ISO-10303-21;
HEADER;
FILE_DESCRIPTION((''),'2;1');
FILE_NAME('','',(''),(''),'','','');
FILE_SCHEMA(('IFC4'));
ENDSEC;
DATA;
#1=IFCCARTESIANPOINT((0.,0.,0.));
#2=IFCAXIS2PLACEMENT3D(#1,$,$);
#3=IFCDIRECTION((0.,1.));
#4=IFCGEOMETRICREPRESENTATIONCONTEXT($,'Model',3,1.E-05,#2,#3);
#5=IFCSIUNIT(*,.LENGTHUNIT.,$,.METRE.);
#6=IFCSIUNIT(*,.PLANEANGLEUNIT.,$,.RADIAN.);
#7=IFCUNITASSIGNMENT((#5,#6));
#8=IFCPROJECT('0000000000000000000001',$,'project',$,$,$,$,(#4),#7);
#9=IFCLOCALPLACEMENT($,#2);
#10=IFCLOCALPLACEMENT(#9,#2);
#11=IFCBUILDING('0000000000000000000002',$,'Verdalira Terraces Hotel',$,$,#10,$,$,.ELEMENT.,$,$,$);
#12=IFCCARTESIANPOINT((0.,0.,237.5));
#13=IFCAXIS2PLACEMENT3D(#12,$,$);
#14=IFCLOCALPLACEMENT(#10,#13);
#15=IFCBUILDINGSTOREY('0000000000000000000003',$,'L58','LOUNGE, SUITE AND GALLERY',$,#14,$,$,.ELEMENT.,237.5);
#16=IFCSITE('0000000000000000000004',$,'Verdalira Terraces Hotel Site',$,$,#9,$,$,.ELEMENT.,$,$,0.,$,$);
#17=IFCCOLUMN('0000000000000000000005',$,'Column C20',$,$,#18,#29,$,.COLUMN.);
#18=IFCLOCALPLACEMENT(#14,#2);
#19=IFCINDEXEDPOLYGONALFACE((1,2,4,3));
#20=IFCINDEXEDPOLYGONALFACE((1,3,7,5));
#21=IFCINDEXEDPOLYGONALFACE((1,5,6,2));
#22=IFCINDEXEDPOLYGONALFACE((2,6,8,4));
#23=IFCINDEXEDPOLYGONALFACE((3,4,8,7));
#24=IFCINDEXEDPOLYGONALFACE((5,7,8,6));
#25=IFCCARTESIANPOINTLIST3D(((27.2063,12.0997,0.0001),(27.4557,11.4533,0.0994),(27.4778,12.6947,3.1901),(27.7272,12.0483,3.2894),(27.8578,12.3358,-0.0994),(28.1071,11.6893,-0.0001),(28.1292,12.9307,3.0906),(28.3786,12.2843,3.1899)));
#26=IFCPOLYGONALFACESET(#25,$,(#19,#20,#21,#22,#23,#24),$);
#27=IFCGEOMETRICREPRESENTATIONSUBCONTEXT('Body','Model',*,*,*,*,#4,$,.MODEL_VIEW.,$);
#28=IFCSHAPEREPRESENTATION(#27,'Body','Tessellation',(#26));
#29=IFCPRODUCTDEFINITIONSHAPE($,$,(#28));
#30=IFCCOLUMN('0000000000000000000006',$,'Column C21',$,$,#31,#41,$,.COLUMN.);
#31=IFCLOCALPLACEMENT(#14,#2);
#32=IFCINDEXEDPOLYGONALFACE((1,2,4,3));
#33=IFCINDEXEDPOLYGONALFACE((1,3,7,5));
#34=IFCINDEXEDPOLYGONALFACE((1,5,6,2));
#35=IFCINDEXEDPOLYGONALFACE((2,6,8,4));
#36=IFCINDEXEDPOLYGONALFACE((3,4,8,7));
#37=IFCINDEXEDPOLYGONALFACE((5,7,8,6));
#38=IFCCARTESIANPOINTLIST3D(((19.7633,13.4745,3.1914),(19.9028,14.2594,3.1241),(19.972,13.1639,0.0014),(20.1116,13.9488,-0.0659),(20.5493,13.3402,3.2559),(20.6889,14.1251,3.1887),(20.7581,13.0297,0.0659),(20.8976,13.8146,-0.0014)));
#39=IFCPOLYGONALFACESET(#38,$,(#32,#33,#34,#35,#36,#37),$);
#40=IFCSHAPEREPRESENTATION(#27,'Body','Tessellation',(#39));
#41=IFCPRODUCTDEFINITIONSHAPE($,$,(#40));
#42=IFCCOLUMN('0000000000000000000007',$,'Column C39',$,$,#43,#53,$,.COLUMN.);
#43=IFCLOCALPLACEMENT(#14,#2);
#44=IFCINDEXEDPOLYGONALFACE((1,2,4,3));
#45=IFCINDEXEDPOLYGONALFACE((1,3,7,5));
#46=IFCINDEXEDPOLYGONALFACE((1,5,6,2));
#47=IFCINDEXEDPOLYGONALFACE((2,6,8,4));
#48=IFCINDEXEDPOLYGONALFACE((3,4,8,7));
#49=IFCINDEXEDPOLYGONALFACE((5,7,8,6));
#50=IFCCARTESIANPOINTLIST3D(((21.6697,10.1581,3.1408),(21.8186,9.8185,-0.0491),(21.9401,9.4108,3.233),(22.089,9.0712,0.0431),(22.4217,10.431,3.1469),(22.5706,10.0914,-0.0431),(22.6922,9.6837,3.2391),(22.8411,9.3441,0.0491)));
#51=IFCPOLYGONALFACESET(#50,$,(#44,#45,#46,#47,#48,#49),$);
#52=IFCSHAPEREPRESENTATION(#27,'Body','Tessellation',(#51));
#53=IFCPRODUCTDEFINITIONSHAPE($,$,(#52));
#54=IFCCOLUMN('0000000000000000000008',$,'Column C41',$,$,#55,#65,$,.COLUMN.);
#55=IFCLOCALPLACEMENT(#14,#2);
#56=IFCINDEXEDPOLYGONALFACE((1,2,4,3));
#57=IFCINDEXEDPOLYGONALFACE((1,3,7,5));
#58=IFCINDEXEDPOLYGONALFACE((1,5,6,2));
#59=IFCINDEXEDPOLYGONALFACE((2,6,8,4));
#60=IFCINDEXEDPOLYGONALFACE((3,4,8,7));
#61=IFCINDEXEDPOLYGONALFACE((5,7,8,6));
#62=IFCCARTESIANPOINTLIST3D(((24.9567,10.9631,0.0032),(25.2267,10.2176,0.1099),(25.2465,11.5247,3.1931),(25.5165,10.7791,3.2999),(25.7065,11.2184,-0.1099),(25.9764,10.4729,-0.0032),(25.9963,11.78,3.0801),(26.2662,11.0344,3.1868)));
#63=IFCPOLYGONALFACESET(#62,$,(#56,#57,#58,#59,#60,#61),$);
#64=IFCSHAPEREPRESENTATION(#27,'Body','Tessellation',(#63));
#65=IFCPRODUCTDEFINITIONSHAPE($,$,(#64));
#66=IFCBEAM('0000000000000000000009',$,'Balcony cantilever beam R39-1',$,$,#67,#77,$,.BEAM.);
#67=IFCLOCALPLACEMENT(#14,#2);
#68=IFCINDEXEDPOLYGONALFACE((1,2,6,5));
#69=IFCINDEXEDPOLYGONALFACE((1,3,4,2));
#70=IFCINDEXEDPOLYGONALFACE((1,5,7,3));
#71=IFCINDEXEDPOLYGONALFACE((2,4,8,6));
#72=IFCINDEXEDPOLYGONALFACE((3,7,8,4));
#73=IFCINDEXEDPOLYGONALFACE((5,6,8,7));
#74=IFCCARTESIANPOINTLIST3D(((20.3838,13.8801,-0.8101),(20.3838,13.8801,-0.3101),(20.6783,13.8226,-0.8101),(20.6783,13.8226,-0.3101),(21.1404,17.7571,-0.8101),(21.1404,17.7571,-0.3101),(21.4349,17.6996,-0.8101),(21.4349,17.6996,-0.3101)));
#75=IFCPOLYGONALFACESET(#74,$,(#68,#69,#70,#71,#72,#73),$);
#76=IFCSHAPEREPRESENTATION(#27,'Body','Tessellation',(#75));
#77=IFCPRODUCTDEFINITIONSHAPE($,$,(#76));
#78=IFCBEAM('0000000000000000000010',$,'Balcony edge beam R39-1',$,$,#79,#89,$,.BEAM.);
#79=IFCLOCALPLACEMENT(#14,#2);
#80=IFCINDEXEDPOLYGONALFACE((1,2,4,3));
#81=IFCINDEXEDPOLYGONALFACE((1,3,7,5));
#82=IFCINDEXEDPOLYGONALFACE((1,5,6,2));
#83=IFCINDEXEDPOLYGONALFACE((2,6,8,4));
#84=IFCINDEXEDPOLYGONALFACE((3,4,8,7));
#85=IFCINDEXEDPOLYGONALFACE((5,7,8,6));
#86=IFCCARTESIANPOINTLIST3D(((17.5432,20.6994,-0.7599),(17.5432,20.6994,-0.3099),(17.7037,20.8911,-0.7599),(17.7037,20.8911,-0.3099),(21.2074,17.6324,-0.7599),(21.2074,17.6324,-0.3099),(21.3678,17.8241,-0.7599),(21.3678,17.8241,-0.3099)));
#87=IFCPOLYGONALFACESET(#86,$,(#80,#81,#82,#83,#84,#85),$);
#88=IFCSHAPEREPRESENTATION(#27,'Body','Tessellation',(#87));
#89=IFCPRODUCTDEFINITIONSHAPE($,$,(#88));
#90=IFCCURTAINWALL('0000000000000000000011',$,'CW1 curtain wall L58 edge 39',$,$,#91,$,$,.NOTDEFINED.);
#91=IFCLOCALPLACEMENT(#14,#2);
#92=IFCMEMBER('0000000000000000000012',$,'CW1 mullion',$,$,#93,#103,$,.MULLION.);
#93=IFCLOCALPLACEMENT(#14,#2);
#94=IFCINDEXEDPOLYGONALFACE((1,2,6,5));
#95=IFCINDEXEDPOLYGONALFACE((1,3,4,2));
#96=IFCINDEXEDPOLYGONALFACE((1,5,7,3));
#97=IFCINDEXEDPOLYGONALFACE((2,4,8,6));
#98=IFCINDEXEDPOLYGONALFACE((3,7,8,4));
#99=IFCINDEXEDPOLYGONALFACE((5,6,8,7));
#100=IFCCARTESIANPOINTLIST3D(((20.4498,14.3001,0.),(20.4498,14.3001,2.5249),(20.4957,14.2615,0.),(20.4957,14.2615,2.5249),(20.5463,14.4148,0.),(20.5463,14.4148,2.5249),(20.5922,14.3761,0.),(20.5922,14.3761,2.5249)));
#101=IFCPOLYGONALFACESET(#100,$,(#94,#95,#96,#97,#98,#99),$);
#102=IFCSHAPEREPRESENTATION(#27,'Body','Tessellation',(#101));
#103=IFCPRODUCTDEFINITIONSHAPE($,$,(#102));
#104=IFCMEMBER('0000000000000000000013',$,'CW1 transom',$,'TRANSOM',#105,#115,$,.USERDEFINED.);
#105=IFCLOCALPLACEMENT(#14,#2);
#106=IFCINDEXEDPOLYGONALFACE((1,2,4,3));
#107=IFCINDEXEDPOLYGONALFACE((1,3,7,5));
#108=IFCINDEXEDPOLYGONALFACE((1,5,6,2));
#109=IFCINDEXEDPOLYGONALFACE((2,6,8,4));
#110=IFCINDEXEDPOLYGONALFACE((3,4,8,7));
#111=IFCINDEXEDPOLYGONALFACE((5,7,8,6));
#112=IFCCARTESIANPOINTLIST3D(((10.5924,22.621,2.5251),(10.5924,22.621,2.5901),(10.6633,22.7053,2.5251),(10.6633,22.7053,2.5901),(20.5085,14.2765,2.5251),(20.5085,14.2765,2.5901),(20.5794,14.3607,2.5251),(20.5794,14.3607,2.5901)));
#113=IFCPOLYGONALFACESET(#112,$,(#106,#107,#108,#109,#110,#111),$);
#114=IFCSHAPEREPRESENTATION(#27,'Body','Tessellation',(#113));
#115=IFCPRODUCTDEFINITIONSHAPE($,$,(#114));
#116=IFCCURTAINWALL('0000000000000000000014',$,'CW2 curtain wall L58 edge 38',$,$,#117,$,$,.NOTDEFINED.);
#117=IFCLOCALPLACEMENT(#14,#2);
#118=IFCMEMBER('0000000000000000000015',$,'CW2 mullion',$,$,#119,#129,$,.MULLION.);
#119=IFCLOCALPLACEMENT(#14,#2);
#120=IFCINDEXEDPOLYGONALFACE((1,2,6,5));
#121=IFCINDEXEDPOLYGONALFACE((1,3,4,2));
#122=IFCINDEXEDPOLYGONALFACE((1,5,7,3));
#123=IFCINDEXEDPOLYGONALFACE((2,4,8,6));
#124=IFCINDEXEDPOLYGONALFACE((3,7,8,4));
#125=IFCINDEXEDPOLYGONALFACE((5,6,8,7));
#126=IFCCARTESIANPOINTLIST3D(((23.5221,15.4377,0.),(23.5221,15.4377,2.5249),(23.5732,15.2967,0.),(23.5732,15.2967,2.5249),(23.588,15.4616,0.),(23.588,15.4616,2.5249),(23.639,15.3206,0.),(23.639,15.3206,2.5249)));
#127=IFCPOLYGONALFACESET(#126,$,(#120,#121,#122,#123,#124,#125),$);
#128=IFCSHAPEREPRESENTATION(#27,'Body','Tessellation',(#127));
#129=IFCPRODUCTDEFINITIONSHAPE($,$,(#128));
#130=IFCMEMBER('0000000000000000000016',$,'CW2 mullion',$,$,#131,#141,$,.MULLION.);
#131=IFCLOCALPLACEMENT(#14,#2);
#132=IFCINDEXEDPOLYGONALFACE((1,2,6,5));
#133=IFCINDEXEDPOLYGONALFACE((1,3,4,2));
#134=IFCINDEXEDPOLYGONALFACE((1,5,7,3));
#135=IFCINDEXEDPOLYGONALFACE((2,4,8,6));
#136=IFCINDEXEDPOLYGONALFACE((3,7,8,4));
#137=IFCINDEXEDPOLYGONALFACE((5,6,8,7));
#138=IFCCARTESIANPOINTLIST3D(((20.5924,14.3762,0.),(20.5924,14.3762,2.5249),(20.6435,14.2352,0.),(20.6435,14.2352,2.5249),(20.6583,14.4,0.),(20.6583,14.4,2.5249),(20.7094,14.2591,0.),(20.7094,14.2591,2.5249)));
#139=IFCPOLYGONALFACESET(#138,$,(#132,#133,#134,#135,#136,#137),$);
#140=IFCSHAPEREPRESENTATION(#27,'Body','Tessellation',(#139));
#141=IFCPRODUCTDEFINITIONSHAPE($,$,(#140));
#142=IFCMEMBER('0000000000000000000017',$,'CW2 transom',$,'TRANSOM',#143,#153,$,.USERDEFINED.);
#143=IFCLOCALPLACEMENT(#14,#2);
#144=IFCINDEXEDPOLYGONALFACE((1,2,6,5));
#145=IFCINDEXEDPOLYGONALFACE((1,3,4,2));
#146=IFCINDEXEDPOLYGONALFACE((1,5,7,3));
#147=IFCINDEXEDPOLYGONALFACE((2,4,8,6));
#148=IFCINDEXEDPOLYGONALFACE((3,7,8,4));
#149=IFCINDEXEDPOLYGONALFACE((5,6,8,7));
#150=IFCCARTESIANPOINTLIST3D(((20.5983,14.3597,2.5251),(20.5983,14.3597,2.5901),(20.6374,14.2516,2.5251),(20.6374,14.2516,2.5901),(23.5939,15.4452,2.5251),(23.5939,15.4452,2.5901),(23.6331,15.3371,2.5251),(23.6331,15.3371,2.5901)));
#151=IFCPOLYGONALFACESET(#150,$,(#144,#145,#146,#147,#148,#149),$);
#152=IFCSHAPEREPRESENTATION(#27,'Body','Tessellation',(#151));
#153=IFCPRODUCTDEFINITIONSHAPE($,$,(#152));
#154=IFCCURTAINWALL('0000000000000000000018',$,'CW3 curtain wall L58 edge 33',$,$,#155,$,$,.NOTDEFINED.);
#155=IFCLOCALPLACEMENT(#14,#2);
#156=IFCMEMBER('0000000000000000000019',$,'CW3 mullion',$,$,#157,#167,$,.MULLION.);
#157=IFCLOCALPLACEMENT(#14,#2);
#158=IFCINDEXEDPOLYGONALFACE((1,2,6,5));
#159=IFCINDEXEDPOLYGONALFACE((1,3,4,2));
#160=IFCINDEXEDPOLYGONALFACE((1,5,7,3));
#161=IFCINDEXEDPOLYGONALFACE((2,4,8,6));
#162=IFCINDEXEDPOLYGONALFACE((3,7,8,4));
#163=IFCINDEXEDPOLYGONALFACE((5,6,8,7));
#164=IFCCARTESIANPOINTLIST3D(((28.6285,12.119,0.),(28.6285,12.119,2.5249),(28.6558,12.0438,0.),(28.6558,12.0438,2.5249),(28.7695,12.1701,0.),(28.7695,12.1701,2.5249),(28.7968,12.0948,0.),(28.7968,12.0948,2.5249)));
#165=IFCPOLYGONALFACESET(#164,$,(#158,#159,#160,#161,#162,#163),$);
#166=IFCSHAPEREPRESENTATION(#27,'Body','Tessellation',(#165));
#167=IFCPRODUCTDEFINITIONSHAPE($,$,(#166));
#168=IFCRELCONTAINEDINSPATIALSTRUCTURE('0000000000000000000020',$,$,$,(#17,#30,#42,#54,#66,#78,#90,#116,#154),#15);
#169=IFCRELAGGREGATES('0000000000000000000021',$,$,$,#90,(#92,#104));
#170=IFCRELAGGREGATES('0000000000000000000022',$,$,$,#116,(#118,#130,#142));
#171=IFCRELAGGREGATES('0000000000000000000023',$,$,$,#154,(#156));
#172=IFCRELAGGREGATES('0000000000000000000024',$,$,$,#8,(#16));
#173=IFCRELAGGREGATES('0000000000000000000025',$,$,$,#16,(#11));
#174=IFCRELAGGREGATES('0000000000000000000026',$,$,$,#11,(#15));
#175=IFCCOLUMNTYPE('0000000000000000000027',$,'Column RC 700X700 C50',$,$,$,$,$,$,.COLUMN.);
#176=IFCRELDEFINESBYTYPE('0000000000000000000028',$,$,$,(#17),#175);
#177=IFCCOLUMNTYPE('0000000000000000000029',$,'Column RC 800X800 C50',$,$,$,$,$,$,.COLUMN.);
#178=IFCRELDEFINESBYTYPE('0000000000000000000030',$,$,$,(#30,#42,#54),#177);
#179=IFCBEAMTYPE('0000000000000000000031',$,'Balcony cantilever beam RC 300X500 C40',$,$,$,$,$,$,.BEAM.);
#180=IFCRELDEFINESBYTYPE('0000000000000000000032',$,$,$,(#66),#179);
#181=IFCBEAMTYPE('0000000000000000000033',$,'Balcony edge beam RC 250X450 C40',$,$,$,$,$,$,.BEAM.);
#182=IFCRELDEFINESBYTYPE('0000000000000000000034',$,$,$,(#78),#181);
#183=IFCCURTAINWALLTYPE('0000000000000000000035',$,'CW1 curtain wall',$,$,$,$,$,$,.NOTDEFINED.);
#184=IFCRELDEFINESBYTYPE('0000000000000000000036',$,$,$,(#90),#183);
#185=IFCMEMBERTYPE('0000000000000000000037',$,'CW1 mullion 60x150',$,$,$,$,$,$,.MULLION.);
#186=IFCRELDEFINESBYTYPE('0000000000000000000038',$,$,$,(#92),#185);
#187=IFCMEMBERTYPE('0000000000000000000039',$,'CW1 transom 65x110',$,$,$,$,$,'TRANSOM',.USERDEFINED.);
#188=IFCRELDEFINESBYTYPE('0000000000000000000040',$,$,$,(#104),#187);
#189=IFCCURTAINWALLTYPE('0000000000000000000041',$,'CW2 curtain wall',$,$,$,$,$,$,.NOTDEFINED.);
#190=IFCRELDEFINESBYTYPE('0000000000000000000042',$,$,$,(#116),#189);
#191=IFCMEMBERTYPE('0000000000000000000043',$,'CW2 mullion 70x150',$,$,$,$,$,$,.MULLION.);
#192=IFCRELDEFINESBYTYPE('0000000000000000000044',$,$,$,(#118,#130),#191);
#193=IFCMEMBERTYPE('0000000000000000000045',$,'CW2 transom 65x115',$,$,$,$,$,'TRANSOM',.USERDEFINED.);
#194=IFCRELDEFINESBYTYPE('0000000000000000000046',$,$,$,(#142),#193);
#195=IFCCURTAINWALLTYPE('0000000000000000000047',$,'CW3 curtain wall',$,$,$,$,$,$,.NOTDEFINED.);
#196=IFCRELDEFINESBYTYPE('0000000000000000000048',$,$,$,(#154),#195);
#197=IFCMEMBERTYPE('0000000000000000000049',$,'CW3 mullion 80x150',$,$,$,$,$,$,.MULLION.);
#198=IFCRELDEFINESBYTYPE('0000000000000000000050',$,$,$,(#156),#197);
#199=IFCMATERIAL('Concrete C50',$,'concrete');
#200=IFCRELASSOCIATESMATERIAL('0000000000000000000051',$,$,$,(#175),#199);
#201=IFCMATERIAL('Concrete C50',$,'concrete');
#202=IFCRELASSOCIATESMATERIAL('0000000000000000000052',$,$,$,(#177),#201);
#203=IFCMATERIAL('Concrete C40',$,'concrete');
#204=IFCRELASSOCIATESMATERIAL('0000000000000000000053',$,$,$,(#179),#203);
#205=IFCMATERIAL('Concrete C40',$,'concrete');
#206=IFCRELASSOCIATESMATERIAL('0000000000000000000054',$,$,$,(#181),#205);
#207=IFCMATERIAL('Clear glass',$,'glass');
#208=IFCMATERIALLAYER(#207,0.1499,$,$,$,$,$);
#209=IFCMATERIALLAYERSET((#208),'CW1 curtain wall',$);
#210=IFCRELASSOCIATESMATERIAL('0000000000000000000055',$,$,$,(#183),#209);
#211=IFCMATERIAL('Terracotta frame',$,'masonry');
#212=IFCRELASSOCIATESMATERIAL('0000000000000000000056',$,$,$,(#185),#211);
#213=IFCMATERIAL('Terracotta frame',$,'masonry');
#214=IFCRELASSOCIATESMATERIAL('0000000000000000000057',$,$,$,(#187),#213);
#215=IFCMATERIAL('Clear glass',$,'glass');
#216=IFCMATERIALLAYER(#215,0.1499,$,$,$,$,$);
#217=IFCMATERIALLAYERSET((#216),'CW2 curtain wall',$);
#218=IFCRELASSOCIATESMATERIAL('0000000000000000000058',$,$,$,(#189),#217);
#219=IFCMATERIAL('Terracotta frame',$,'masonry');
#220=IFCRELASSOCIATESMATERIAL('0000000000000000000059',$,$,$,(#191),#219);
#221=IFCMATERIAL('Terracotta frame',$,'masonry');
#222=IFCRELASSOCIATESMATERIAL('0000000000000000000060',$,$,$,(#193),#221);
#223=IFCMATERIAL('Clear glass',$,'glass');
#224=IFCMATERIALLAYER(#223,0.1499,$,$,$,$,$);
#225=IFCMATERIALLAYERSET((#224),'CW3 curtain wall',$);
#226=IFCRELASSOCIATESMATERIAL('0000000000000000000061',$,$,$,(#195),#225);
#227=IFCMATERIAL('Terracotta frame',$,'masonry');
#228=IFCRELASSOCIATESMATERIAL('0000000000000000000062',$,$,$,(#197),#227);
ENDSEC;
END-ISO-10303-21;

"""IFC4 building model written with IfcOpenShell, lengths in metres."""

from ifc_helpers import new_model, si_unit, direction, frame, origin, origin_2d, place, context, subcontext, project, spatial, rectangle, extrude, material, layer, layer_set, material_profile, profile_set, type_object, element, aggregate, save


model = new_model("IFC4")

# Units and contexts
model_context = context("Model", 3, precision=1e-05, world=origin(), true_north=direction((0.0, 1.0)))
body_context = subcontext(model_context, "Body", "Model", "MODEL_VIEW")
ifc_project = project(units=[si_unit("LENGTHUNIT", "METRE"), si_unit("PLANEANGLEUNIT", "RADIAN")], contexts=[model_context])

# Site, building, storey
site_placement = place(None, origin())
site = spatial("IfcSite", under=ifc_project, at=site_placement, Name="Verdalira Terraces Hotel Site", CompositionType="ELEMENT", RefElevation=0.0)
building_placement = place(site_placement, origin())
building = spatial("IfcBuilding", under=site, at=building_placement, Name="Verdalira Terraces Hotel", CompositionType="ELEMENT")
storey_placement = place(building_placement, frame((0.0, 0.0, 237.5)))
storey = spatial("IfcBuildingStorey", under=building, at=storey_placement, Name="L58", Description="LOUNGE, SUITE AND GALLERY", CompositionType="ELEMENT", Elevation=237.5)

# Columns
ifc_material_1 = material(Name="Concrete C50", Category="concrete")
ifc_material_profile_1 = material_profile(ifc_material_1, rectangle(XDim=0.7, YDim=0.7, at=origin_2d()), Name="RC 700X700")
ifc_profile_set_1 = profile_set([ifc_material_profile_1], Name="Concrete C50")
column_type_1 = type_object("IfcColumnType", Name="Column RC 700X700 C50", PredefinedType="COLUMN", material=ifc_profile_set_1)
column_1_placement = place(storey_placement, frame((27.6567, 11.8945, 0.0), z_axis=(0.083372, 0.182714, 0.979625), x_axis=(-0.356285, 0.923535, -0.141931)))
element("IfcColumn", 1, at=column_1_placement, inside=storey, type_object=column_type_1, Name="Column C20", PredefinedType="COLUMN", context=body_context, shape_type="SweptSolid", body=[
    extrude(rectangle(XDim=0.7, YDim=0.7, at=origin_2d()), origin(), (0.0, 0.0, 1.0), 3.2563),
])
ifc_material_2 = material(Name="Concrete C50", Category="concrete")
ifc_material_profile_2 = material_profile(ifc_material_2, rectangle(XDim=0.8, YDim=0.8, at=origin_2d()), Name="RC 800X800")
ifc_profile_set_2 = profile_set([ifc_material_profile_2], Name="Concrete C50")
column_type_2 = type_object("IfcColumnType", Name="Column RC 800X800 C50", PredefinedType="COLUMN", material=ifc_profile_set_2)
column_2_placement = place(storey_placement, frame((20.4348, 13.4893, 0.0), z_axis=(-0.064991, 0.096689, 0.99319), x_axis=(0.982521, -0.167786, 0.080627)))
element("IfcColumn", 2, at=column_2_placement, inside=storey, type_object=column_type_2, Name="Column C21", PredefinedType="COLUMN", context=body_context, shape_type="SweptSolid", body=[
    extrude(rectangle(XDim=0.8, YDim=0.8, at=origin_2d()), origin(), (0.0, 0.0, 1.0), 3.2119),
])
column_3_placement = place(storey_placement, frame((22.3298, 9.5813, 0.0), z_axis=(-0.046374, 0.105747, 0.993311), x_axis=(0.939985, 0.341131, 0.007568)))
element("IfcColumn", 3, at=column_3_placement, inside=storey, type_object=column_type_2, Name="Column C39", PredefinedType="COLUMN", context=body_context, shape_type="SweptSolid", body=[
    extrude(rectangle(XDim=0.8, YDim=0.8, at=origin_2d()), origin(), (0.0, 0.0, 1.0), 3.2114),
])
column_4_placement = place(storey_placement, frame((25.4666, 10.718, 0.0), z_axis=(0.089115, 0.172674, 0.980939), x_axis=(0.937129, 0.319097, -0.141305)))
element("IfcColumn", 4, at=column_4_placement, inside=storey, type_object=column_type_2, Name="Column C41", PredefinedType="COLUMN", context=body_context, shape_type="SweptSolid", body=[
    extrude(rectangle(XDim=0.8, YDim=0.8, at=origin_2d()), origin(), (0.0, 0.0, 1.0), 3.252),
])

# Beams
ifc_material_3 = material(Name="Concrete C40", Category="concrete")
ifc_material_profile_3 = material_profile(ifc_material_3, rectangle(XDim=0.3, YDim=0.5, at=origin_2d()), Name="RC 300X500")
ifc_profile_set_3 = profile_set([ifc_material_profile_3], Name="Concrete C40")
beam_type_1 = type_object("IfcBeamType", Name="Balcony cantilever beam RC 300X500 C40", PredefinedType="BEAM", material=ifc_profile_set_3)
beam_1_placement = place(storey_placement, frame((20.531, 13.8513, -0.5601), z_axis=(0.191538, 0.981485, 0.0), x_axis=(-0.981485, 0.191538, 0.0)))
element("IfcBeam", 5, at=beam_1_placement, inside=storey, type_object=beam_type_1, Name="Balcony cantilever beam R39-1", PredefinedType="BEAM", context=body_context, shape_type="SweptSolid", body=[
    extrude(rectangle(XDim=0.3, YDim=0.5, at=origin_2d()), origin(), (0.0, 0.0, 1.0), 3.9502),
])
ifc_material_4 = material(Name="Concrete C40", Category="concrete")
ifc_material_profile_4 = material_profile(ifc_material_4, rectangle(XDim=0.25, YDim=0.45, at=origin_2d()), Name="RC 250X450")
ifc_profile_set_4 = profile_set([ifc_material_profile_4], Name="Concrete C40")
beam_type_2 = type_object("IfcBeamType", Name="Balcony edge beam RC 250X450 C40", PredefinedType="BEAM", material=ifc_profile_set_4)
beam_2_placement = place(storey_placement, frame((21.2876, 17.7283, -0.5349), z_axis=(-0.766829, 0.641851, 0.0), x_axis=(-0.641851, -0.766829, 0.0)))
element("IfcBeam", 6, at=beam_2_placement, inside=storey, type_object=beam_type_2, Name="Balcony edge beam R39-1", PredefinedType="BEAM", context=body_context, shape_type="SweptSolid", body=[
    extrude(rectangle(XDim=0.25, YDim=0.45, at=origin_2d()), origin(), (0.0, 0.0, 1.0), 4.7783),
])

# Curtain walls, members
ifc_material_5 = material(Name="Clear glass", Category="glass")
ifc_layer_1 = layer(ifc_material_5, 0.1499)
ifc_layer_set_1 = layer_set([ifc_layer_1], Name="CW1 curtain wall")
curtain_wall_type_1 = type_object("IfcCurtainWallType", Name="CW1 curtain wall", PredefinedType="NOTDEFINED", material=ifc_layer_set_1)
curtain_wall_1_placement = place(storey_placement, origin())
curtain_wall_1 = element("IfcCurtainWall", 7, at=curtain_wall_1_placement, inside=storey, type_object=curtain_wall_type_1, Name="CW1 curtain wall L58 edge 39", PredefinedType="NOTDEFINED")
ifc_material_6 = material(Name="Terracotta frame", Category="masonry")
ifc_material_profile_5 = material_profile(ifc_material_6, rectangle(XDim=0.0601, YDim=0.1499, at=origin_2d()), Name="MU 60x150")
ifc_profile_set_5 = profile_set([ifc_material_profile_5], Name="Terracotta frame")
member_type_1 = type_object("IfcMemberType", Name="CW1 mullion 60x150", PredefinedType="MULLION", material=ifc_profile_set_5)
member_1_placement = place(storey_placement, frame((20.521, 14.3381, 0.0), z_axis=(0.0, 0.0, 1.0), x_axis=(-0.765146, 0.643857, 0.0)))
member_1 = element("IfcMember", 8, at=member_1_placement, type_object=member_type_1, Name="CW1 mullion", PredefinedType="MULLION", context=body_context, shape_type="SweptSolid", body=[
    extrude(rectangle(XDim=0.0601, YDim=0.1499, at=origin_2d()), origin(), (0.0, 0.0, 1.0), 2.5249),
])
ifc_material_7 = material(Name="Terracotta frame", Category="masonry")
ifc_material_profile_6 = material_profile(ifc_material_7, rectangle(XDim=0.1101, YDim=0.0649, at=origin_2d()), Name="TR 65x110")
ifc_profile_set_6 = profile_set([ifc_material_profile_6], Name="Terracotta frame")
member_type_2 = type_object("IfcMemberType", Name="CW1 transom 65x110", ElementType="TRANSOM", PredefinedType="USERDEFINED", material=ifc_profile_set_6)
member_2_placement = place(storey_placement, frame((20.5439, 14.3186, 2.5576), z_axis=(-0.765133, 0.643872, 0.0), x_axis=(-0.643872, -0.765133, 0.0)))
member_2 = element("IfcMember", 9, at=member_2_placement, type_object=member_type_2, Name="CW1 transom", ObjectType="TRANSOM", PredefinedType="USERDEFINED", context=body_context, shape_type="SweptSolid", body=[
    extrude(rectangle(XDim=0.1101, YDim=0.0649, at=origin_2d()), origin(), (0.0, 0.0, 1.0), 12.96),
])
ifc_material_8 = material(Name="Clear glass", Category="glass")
ifc_layer_2 = layer(ifc_material_8, 0.1499)
ifc_layer_set_2 = layer_set([ifc_layer_2], Name="CW2 curtain wall")
curtain_wall_type_2 = type_object("IfcCurtainWallType", Name="CW2 curtain wall", PredefinedType="NOTDEFINED", material=ifc_layer_set_2)
curtain_wall_2_placement = place(storey_placement, origin())
curtain_wall_2 = element("IfcCurtainWall", 10, at=curtain_wall_2_placement, inside=storey, type_object=curtain_wall_type_2, Name="CW2 curtain wall L58 edge 38", PredefinedType="NOTDEFINED")
ifc_material_9 = material(Name="Terracotta frame", Category="masonry")
ifc_material_profile_7 = material_profile(ifc_material_9, rectangle(XDim=0.0701, YDim=0.1499, at=origin_2d()), Name="MU 70x150")
ifc_profile_set_7 = profile_set([ifc_material_profile_7], Name="Terracotta frame")
member_type_3 = type_object("IfcMemberType", Name="CW2 mullion 70x150", PredefinedType="MULLION", material=ifc_profile_set_7)
member_3_placement = place(storey_placement, frame((23.5806, 15.3791, 0.0), z_axis=(0.0, 0.0, 1.0), x_axis=(-0.940169, -0.340708, 0.0)))
member_3 = element("IfcMember", 11, at=member_3_placement, type_object=member_type_3, Name="CW2 mullion", PredefinedType="MULLION", context=body_context, shape_type="SweptSolid", body=[
    extrude(rectangle(XDim=0.0701, YDim=0.1499, at=origin_2d()), origin(), (0.0, 0.0, 1.0), 2.5249),
])
member_4_placement = place(storey_placement, frame((20.6509, 14.3176, 0.0), z_axis=(0.0, 0.0, 1.0), x_axis=(-0.940169, -0.340708, 0.0)))
member_4 = element("IfcMember", 12, at=member_4_placement, type_object=member_type_3, Name="CW2 mullion", PredefinedType="MULLION", context=body_context, shape_type="SweptSolid", body=[
    extrude(rectangle(XDim=0.0701, YDim=0.1499, at=origin_2d()), origin(), (0.0, 0.0, 1.0), 2.5249),
])
ifc_material_10 = material(Name="Terracotta frame", Category="masonry")
ifc_material_profile_8 = material_profile(ifc_material_10, rectangle(XDim=0.115, YDim=0.0649, at=origin_2d()), Name="TR 65x115")
ifc_profile_set_8 = profile_set([ifc_material_profile_8], Name="Terracotta frame")
member_type_4 = type_object("IfcMemberType", Name="CW2 transom 65x115", ElementType="TRANSOM", PredefinedType="USERDEFINED", material=ifc_profile_set_8)
member_5_placement = place(storey_placement, frame((23.6135, 15.3911, 2.5576), z_axis=(-0.940182, -0.340672, 0.0), x_axis=(0.340672, -0.940182, 0.0)))
member_5 = element("IfcMember", 13, at=member_5_placement, type_object=member_type_4, Name="CW2 transom", ObjectType="TRANSOM", PredefinedType="USERDEFINED", context=body_context, shape_type="SweptSolid", body=[
    extrude(rectangle(XDim=0.115, YDim=0.0649, at=origin_2d()), origin(), (0.0, 0.0, 1.0), 3.1863),
])
ifc_material_11 = material(Name="Clear glass", Category="glass")
ifc_layer_3 = layer(ifc_material_11, 0.1499)
ifc_layer_set_3 = layer_set([ifc_layer_3], Name="CW3 curtain wall")
curtain_wall_type_3 = type_object("IfcCurtainWallType", Name="CW3 curtain wall", PredefinedType="NOTDEFINED", material=ifc_layer_set_3)
curtain_wall_3_placement = place(storey_placement, origin())
curtain_wall_3 = element("IfcCurtainWall", 14, at=curtain_wall_3_placement, inside=storey, type_object=curtain_wall_type_3, Name="CW3 curtain wall L58 edge 33", PredefinedType="NOTDEFINED")
ifc_material_12 = material(Name="Terracotta frame", Category="masonry")
ifc_material_profile_9 = material_profile(ifc_material_12, rectangle(XDim=0.0801, YDim=0.1499, at=origin_2d()), Name="MU 80x150")
ifc_profile_set_9 = profile_set([ifc_material_profile_9], Name="Terracotta frame")
member_type_5 = type_object("IfcMemberType", Name="CW3 mullion 80x150", PredefinedType="MULLION", material=ifc_profile_set_9)
member_6_placement = place(storey_placement, frame((28.7126, 12.1069, 0.0), z_axis=(0.0, 0.0, 1.0), x_axis=(-0.340708, 0.940169, 0.0)))
member_6 = element("IfcMember", 15, at=member_6_placement, type_object=member_type_5, Name="CW3 mullion", PredefinedType="MULLION", context=body_context, shape_type="SweptSolid", body=[
    extrude(rectangle(XDim=0.0801, YDim=0.1499, at=origin_2d()), origin(), (0.0, 0.0, 1.0), 2.5249),
])

aggregate(curtain_wall_1, [member_1, member_2])
aggregate(curtain_wall_2, [member_3, member_4, member_5])
aggregate(curtain_wall_3, [member_6])

save(model, "model.ifc")
